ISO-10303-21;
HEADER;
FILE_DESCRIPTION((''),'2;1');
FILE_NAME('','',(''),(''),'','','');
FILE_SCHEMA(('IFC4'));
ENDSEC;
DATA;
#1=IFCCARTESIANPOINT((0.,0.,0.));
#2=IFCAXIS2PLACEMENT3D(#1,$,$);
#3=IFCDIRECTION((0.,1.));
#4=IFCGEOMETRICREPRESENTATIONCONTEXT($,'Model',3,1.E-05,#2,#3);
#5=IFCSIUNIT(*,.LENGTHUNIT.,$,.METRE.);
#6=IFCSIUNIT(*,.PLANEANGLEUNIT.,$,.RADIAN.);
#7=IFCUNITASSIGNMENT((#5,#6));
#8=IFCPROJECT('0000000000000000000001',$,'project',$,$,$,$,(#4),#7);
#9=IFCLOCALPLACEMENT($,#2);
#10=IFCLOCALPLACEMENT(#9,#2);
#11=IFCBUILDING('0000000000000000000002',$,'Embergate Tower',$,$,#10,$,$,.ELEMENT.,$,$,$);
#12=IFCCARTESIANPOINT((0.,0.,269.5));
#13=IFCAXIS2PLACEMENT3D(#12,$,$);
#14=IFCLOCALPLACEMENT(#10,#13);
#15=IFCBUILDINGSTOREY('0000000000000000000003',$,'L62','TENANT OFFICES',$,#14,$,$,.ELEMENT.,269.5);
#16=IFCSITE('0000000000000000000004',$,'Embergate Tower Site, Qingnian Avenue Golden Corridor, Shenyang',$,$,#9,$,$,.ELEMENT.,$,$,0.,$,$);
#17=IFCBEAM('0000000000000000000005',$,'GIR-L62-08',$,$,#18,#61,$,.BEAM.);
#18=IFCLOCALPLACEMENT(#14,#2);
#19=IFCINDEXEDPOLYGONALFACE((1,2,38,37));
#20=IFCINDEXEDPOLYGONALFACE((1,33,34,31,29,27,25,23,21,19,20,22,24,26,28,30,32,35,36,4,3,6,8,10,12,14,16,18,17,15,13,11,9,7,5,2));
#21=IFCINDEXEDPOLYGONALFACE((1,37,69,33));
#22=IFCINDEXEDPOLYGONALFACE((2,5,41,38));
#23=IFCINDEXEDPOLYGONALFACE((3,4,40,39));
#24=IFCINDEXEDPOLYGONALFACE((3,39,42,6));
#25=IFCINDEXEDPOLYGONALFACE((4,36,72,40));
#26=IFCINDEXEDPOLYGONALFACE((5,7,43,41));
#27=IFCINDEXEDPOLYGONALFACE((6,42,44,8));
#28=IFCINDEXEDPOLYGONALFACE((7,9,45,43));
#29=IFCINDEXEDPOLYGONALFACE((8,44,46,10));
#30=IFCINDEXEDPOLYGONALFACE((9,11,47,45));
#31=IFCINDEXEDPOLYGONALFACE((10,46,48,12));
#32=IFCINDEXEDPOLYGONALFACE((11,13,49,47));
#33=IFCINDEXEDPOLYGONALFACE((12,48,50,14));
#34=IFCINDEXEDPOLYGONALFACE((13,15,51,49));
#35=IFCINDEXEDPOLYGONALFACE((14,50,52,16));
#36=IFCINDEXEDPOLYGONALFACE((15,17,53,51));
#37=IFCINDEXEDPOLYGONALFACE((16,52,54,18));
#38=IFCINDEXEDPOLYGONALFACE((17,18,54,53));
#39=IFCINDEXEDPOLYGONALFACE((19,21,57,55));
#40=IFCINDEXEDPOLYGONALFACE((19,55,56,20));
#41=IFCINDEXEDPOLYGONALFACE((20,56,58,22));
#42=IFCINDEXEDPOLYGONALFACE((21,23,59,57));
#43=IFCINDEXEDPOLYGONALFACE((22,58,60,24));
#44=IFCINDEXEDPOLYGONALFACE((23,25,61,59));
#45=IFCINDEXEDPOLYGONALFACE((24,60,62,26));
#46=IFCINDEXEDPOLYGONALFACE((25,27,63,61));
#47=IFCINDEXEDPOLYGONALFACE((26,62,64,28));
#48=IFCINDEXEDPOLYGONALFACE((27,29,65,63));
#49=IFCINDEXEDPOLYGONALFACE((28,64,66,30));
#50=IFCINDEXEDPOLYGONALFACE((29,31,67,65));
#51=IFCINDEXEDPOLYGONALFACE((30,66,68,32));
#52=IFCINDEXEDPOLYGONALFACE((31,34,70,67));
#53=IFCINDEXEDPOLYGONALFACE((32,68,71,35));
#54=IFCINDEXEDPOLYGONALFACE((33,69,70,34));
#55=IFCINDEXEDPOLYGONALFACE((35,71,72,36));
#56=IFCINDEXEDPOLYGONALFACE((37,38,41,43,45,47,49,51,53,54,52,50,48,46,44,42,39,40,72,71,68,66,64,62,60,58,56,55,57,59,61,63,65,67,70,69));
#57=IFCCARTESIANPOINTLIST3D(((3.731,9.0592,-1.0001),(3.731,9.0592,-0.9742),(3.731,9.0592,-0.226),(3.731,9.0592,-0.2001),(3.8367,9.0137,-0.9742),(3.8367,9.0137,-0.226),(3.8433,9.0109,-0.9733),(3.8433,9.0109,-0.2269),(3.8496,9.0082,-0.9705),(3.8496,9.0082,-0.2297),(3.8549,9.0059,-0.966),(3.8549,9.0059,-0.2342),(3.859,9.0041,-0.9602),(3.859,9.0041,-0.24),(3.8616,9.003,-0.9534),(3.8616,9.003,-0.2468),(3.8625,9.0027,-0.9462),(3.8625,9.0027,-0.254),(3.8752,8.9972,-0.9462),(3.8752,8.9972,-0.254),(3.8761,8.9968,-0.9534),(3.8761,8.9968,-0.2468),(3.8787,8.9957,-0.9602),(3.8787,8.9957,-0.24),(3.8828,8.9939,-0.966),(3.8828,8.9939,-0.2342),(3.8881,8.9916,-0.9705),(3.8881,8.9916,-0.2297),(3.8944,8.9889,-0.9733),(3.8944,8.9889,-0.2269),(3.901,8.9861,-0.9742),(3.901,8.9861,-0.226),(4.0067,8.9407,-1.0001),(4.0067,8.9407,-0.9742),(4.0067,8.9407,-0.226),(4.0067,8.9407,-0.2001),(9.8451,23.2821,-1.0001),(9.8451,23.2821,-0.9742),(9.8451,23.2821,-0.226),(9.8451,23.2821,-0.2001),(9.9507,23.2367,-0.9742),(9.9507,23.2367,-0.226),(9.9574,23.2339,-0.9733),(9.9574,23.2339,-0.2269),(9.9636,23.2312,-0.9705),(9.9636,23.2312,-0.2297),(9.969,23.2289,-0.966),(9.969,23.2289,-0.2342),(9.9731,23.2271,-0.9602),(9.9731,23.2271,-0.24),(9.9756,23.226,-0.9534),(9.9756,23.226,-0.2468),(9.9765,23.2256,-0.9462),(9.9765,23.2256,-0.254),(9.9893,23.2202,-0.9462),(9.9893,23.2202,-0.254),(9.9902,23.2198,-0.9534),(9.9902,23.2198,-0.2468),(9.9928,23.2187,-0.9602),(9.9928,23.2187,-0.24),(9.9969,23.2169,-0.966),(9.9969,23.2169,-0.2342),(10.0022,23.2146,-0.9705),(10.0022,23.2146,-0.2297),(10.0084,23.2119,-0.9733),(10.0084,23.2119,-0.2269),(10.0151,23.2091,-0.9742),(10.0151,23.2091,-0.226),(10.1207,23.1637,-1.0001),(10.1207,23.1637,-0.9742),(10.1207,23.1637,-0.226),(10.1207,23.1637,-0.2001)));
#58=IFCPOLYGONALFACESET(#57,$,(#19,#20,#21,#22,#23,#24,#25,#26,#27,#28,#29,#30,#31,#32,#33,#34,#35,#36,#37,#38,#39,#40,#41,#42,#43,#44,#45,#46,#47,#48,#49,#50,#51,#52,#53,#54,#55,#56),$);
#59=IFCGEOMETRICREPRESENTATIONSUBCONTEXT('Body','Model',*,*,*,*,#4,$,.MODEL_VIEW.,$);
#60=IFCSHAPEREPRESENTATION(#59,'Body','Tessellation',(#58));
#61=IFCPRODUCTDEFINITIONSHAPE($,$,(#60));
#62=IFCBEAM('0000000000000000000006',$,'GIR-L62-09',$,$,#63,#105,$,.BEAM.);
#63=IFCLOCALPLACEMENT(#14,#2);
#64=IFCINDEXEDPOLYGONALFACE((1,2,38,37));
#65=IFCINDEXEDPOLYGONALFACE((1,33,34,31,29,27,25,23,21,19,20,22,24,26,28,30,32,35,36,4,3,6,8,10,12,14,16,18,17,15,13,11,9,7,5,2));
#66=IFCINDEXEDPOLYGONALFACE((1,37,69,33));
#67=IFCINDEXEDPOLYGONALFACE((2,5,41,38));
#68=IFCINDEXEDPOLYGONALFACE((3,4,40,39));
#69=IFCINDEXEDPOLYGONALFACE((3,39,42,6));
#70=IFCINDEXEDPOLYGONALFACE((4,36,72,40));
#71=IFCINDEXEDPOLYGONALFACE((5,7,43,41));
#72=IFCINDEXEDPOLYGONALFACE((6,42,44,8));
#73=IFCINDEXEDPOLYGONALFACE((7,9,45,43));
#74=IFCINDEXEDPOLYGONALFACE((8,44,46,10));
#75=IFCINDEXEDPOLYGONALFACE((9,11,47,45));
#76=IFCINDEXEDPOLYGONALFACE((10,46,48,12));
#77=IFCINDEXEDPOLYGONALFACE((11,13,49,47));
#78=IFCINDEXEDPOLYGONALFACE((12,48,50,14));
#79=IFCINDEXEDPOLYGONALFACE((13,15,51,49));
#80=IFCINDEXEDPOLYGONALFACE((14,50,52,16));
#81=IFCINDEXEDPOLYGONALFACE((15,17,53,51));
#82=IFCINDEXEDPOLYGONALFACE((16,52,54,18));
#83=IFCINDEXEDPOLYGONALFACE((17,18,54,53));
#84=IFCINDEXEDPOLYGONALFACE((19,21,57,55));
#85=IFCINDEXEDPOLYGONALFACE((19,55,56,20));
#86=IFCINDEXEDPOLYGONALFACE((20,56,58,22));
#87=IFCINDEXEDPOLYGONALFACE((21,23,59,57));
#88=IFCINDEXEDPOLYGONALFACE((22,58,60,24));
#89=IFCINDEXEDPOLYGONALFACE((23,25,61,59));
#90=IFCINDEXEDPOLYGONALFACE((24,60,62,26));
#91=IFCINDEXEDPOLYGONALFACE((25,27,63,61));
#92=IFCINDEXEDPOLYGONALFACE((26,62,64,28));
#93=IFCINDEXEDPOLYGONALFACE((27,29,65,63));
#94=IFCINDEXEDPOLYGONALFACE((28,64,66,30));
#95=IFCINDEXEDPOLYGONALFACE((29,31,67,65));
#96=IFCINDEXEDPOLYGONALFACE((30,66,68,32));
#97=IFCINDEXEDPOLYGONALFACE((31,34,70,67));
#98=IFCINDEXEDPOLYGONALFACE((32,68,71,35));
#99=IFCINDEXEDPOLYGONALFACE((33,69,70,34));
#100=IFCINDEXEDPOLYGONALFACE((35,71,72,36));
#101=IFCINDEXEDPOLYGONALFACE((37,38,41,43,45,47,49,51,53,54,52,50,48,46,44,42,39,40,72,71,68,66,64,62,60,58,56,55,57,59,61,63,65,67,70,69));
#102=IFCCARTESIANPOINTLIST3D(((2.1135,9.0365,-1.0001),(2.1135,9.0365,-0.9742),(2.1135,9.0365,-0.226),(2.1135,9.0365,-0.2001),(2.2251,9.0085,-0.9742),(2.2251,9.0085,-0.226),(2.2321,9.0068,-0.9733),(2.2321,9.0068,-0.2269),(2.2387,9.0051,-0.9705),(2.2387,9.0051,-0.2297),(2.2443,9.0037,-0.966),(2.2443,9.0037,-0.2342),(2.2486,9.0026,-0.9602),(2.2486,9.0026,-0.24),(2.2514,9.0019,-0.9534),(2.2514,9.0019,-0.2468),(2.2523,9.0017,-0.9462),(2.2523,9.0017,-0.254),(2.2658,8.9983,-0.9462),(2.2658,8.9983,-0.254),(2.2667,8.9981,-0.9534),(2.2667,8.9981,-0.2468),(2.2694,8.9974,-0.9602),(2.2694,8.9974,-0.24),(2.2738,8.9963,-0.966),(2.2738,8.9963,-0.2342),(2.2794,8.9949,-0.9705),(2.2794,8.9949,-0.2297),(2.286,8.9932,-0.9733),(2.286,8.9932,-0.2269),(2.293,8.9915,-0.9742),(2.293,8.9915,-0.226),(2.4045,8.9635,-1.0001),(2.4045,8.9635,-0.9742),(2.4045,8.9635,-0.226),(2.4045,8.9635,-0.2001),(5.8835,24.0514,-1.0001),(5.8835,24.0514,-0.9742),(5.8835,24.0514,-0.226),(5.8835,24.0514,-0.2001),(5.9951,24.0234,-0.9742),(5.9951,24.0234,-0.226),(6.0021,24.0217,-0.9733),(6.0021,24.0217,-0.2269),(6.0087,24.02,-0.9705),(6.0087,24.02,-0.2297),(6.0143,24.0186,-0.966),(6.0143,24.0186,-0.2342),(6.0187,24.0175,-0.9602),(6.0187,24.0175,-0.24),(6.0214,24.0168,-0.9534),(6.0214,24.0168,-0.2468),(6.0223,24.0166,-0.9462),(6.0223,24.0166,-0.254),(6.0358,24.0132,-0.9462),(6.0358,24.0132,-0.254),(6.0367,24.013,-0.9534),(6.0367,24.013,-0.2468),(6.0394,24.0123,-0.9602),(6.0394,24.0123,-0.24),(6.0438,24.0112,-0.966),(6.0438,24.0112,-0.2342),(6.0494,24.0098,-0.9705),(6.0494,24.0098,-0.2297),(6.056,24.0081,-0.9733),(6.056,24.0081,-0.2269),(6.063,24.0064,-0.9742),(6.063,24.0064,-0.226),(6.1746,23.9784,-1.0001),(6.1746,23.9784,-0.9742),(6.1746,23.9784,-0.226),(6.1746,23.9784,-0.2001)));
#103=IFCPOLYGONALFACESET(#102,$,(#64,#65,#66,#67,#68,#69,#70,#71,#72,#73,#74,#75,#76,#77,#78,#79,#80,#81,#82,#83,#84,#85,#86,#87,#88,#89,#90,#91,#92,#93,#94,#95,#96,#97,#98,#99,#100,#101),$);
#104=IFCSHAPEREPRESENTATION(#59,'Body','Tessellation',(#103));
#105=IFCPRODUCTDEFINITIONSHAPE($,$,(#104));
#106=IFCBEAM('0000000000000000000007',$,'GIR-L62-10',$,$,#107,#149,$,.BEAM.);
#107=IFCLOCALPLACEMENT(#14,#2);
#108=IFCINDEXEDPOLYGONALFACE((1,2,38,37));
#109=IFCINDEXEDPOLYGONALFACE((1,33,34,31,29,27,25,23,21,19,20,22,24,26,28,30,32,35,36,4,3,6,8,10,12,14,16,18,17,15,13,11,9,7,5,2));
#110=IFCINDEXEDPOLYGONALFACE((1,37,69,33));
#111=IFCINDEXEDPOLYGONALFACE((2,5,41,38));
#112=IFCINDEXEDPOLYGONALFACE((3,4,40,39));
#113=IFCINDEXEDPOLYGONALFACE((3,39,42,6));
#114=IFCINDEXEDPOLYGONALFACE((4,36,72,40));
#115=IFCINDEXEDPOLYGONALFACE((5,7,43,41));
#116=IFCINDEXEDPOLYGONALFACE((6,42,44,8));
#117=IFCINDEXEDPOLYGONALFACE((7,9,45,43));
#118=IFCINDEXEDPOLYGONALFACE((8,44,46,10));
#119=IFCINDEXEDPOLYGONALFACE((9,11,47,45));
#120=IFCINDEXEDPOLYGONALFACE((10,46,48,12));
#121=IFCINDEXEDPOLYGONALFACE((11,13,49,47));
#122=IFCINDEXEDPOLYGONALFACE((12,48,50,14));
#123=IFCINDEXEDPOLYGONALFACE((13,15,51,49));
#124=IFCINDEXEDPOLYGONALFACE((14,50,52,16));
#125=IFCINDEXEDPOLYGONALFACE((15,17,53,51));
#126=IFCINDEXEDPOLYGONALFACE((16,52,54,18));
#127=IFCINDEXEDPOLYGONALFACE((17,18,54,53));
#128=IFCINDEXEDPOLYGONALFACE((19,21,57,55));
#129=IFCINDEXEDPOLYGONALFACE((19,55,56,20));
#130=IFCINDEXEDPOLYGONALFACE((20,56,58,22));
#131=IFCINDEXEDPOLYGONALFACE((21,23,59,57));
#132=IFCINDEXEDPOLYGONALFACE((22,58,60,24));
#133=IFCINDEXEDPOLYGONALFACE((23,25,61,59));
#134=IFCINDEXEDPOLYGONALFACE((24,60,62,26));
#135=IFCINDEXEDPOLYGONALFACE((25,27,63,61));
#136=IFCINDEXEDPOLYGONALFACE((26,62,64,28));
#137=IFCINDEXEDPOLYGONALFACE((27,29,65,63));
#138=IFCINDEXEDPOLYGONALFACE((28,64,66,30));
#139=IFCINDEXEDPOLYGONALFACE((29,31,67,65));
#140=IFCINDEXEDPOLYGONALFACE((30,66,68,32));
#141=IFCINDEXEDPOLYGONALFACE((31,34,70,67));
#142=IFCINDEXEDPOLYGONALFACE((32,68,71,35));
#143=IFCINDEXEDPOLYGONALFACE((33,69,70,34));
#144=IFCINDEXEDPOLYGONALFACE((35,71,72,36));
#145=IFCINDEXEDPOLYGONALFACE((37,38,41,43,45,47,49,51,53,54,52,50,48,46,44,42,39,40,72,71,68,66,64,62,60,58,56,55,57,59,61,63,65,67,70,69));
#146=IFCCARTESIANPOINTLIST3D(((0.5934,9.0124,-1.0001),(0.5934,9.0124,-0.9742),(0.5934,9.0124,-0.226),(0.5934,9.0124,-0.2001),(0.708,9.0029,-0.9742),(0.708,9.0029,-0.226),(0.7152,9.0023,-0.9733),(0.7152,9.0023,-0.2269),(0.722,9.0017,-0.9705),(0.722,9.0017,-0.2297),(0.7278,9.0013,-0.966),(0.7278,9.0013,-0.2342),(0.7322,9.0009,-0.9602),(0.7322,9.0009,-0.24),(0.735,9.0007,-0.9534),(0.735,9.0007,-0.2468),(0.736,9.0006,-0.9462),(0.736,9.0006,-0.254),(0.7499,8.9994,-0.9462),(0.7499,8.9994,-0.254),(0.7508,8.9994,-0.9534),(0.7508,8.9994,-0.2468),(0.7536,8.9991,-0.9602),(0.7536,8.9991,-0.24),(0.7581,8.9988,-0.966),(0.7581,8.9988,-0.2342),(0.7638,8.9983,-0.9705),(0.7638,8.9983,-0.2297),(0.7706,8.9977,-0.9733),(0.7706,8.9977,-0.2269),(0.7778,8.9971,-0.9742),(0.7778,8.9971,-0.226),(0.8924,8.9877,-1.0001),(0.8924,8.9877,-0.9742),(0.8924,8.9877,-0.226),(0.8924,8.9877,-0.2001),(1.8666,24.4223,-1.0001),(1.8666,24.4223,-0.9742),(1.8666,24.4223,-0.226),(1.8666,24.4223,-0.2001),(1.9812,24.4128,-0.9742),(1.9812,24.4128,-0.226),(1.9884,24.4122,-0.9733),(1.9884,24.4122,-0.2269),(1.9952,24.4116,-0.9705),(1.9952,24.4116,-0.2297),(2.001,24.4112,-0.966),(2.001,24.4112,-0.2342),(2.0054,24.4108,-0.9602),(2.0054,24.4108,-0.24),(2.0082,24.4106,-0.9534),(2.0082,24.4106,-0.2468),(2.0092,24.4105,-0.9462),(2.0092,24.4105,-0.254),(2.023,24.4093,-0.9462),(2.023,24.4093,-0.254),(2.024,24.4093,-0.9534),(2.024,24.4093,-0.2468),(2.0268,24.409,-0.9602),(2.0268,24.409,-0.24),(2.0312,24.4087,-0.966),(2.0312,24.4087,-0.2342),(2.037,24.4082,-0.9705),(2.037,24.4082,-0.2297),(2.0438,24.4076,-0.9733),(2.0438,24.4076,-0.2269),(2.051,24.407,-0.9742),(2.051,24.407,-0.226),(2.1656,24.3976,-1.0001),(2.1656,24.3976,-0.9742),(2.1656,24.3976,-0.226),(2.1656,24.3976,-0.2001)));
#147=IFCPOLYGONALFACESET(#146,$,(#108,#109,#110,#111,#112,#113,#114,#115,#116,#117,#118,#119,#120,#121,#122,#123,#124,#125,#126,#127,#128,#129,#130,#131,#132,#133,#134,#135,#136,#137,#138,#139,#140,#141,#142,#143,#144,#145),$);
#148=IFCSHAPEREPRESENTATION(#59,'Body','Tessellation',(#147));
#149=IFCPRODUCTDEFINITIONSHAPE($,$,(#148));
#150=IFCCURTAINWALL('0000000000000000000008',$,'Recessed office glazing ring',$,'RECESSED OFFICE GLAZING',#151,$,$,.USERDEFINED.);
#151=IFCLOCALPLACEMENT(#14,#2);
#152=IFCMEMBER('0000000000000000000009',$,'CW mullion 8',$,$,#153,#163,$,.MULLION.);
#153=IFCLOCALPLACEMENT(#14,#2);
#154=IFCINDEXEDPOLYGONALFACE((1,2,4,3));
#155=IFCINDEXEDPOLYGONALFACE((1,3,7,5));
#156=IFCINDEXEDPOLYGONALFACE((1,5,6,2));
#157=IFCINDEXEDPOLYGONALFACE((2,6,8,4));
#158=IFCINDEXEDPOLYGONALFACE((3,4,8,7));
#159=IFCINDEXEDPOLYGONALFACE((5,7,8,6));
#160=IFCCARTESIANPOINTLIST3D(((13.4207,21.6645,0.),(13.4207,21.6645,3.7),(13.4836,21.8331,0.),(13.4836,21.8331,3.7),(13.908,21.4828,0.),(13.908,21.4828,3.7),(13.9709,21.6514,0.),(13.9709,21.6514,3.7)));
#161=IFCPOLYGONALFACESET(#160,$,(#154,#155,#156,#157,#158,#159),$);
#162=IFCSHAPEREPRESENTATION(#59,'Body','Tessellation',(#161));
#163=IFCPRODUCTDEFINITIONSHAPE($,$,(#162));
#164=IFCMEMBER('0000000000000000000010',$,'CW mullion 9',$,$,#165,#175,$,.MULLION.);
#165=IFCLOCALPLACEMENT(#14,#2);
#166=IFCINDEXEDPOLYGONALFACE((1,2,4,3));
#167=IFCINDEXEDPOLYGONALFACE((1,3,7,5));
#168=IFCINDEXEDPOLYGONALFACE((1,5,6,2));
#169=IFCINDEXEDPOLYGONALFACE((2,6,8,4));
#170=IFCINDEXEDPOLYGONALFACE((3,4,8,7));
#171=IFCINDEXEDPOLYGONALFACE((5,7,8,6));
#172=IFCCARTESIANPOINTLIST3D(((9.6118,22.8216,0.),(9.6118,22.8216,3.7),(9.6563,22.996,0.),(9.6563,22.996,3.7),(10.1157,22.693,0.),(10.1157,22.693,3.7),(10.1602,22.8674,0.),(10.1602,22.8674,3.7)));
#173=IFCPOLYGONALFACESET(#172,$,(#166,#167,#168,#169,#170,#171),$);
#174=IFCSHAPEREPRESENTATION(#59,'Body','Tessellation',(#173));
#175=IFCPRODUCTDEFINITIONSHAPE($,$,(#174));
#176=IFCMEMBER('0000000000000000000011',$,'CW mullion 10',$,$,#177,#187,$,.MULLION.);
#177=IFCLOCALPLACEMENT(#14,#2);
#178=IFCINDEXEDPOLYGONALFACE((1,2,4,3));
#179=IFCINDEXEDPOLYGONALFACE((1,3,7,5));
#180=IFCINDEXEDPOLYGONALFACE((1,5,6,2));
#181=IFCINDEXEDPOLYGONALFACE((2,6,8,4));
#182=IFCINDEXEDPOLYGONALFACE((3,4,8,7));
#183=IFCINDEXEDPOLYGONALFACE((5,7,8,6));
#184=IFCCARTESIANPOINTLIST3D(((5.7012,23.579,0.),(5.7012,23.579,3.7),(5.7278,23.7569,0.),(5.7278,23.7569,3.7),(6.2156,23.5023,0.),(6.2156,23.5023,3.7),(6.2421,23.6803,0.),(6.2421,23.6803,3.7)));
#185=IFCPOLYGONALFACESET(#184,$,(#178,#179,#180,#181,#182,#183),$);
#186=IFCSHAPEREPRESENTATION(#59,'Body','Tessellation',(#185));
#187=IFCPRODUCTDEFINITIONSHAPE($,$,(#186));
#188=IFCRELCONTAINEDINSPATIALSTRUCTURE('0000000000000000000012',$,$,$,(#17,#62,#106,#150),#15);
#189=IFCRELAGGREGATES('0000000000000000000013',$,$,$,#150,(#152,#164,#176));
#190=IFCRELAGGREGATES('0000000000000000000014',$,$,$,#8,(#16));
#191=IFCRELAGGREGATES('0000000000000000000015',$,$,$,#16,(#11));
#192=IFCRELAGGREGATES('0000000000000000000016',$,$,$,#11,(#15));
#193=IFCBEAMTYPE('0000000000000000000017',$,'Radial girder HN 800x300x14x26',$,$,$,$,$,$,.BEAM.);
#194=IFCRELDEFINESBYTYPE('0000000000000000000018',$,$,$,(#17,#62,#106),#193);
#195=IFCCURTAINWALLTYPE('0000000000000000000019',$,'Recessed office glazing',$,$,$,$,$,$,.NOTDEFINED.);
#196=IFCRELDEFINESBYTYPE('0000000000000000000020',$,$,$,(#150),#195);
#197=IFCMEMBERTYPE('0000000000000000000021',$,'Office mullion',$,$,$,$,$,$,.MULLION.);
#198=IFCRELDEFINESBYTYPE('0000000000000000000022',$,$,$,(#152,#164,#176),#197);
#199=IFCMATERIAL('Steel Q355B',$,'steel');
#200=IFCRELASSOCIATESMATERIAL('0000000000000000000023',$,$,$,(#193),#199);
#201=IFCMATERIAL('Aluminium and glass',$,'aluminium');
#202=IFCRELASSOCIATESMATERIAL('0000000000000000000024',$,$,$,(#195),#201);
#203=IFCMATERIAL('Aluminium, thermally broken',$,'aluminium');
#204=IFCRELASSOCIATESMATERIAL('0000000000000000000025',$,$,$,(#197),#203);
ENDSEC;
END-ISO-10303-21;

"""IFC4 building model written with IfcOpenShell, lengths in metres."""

from ifc_helpers import new_model, si_unit, direction, frame, origin, origin_2d, place, context, subcontext, project, spatial, rectangle, i_section, extrude, source, transform, mapped, material, material_profile, profile_set, type_object, element, aggregate, save


model = new_model("IFC4")

# Units and contexts
model_context = context("Model", 3, precision=1e-05, world=origin(), true_north=direction((0.0, 1.0)))
body_context = subcontext(model_context, "Body", "Model", "MODEL_VIEW")
ifc_project = project(units=[si_unit("LENGTHUNIT", "METRE"), si_unit("PLANEANGLEUNIT", "RADIAN")], contexts=[model_context])

# Site, building, storey
site_placement = place(None, origin())
site = spatial("IfcSite", under=ifc_project, at=site_placement, Name="Embergate Tower Site, Qingnian Avenue Golden Corridor, Shenyang", CompositionType="ELEMENT", RefElevation=0.0)
building_placement = place(site_placement, origin())
building = spatial("IfcBuilding", under=site, at=building_placement, Name="Embergate Tower", CompositionType="ELEMENT")
storey_placement = place(building_placement, frame((0.0, 0.0, 269.5)))
storey = spatial("IfcBuildingStorey", under=building, at=storey_placement, Name="L62", Description="TENANT OFFICES", CompositionType="ELEMENT", Elevation=269.5)

# Beams
ifc_material_1 = material(Name="Steel Q355B", Category="steel")
ifc_material_profile_1 = material_profile(ifc_material_1, i_section(OverallWidth=0.3, OverallDepth=0.8, WebThickness=0.0139, FlangeThickness=0.0259, FilletRadius=0.0281, at=origin_2d()), Name="HN 800x300x14x26")
ifc_profile_set_1 = profile_set([ifc_material_profile_1], Name="Steel Q355 grade B")
beam_type_1 = type_object("IfcBeamType", Name="Radial girder HN 800x300x14x26", PredefinedType="BEAM", material=ifc_profile_set_1)
shared_shape_1 = source(origin(), body_context, "Body", "SweptSolid", [
    extrude(i_section(OverallWidth=0.3, OverallDepth=0.8, WebThickness=0.0139, FlangeThickness=0.0259, FilletRadius=0.0281, at=origin_2d()), origin(), (0.0, 0.0, 1.0), 15.4814),
])
beam_1_placement = place(storey_placement, frame((9.9829, 23.2229, -0.6001), z_axis=(-0.394928, -0.918712, 0.0), x_axis=(0.918712, -0.394928, 0.0)))
element("IfcBeam", 1, at=beam_1_placement, inside=storey, type_object=beam_type_1, Name="GIR-L62-08", PredefinedType="BEAM", context=body_context, shape_type="MappedRepresentation", body=[
    mapped(shared_shape_1, transform((0.0, 0.0, 0.0))),
])
shared_shape_2 = source(origin(), body_context, "Body", "SweptSolid", [
    extrude(i_section(OverallWidth=0.3, OverallDepth=0.8, WebThickness=0.0139, FlangeThickness=0.0259, FilletRadius=0.0281, at=origin_2d()), origin(), (0.0, 0.0, 1.0), 15.481),
])
beam_2_placement = place(storey_placement, frame((6.0291, 24.0149, -0.6001), z_axis=(-0.243526, -0.969894, 0.0), x_axis=(0.969894, -0.243526, 0.0)))
element("IfcBeam", 2, at=beam_2_placement, inside=storey, type_object=beam_type_1, Name="GIR-L62-09", PredefinedType="BEAM", context=body_context, shape_type="MappedRepresentation", body=[
    mapped(shared_shape_2, transform((0.0, 0.0, 0.0))),
])
shared_shape_3 = source(origin(), body_context, "Body", "SweptSolid", [
    extrude(i_section(OverallWidth=0.3, OverallDepth=0.8, WebThickness=0.0139, FlangeThickness=0.0259, FilletRadius=0.0281, at=origin_2d()), origin(), (0.0, 0.0, 1.0), 15.4624),
])
beam_3_placement = place(storey_placement, frame((2.0161, 24.4099, -0.6001), z_axis=(-0.082341, -0.996604, 0.0), x_axis=(0.996604, -0.082341, 0.0)))
element("IfcBeam", 3, at=beam_3_placement, inside=storey, type_object=beam_type_1, Name="GIR-L62-10", PredefinedType="BEAM", context=body_context, shape_type="MappedRepresentation", body=[
    mapped(shared_shape_3, transform((0.0, 0.0, 0.0))),
])

# Curtain wall, members
ifc_material_2 = material(Name="Aluminium and glass", Category="aluminium")
curtain_wall_type = type_object("IfcCurtainWallType", Name="Recessed office glazing", PredefinedType="NOTDEFINED", material=ifc_material_2)
curtain_wall_placement = place(storey_placement, origin())
curtain_wall = element("IfcCurtainWall", 4, at=curtain_wall_placement, inside=storey, type_object=curtain_wall_type, Name="Recessed office glazing ring", ObjectType="RECESSED OFFICE GLAZING", PredefinedType="USERDEFINED")
ifc_material_3 = material(Name="Aluminium, thermally broken", Category="aluminium")
ifc_material_profile_2 = material_profile(ifc_material_3, rectangle(XDim=0.1799, YDim=0.52, at=origin_2d()), Name="AL 520x180")
ifc_profile_set_2 = profile_set([ifc_material_profile_2], Name="Aluminium, thermally broken")
member_type_1 = type_object("IfcMemberType", Name="Office mullion", PredefinedType="MULLION", material=ifc_profile_set_2)
shared_shape_4 = source(origin(), body_context, "Body", "SweptSolid", [
    extrude(rectangle(XDim=0.1799, YDim=0.52, at=origin_2d()), origin(), (0.0, 0.0, 1.0), 3.7),
])
member_1_placement = place(storey_placement, frame((13.6958, 21.658, 0.0), z_axis=(0.0, 0.0, 1.0), x_axis=(-0.349496, -0.936938, 0.0)))
member_1 = element("IfcMember", 5, at=member_1_placement, type_object=member_type_1, Name="CW mullion 8", PredefinedType="MULLION", context=body_context, shape_type="MappedRepresentation", body=[
    mapped(shared_shape_4, transform((0.0, 0.0, 0.0))),
])
member_2_placement = place(storey_placement, frame((9.886, 22.8445, 0.0), z_axis=(0.0, 0.0, 1.0), x_axis=(-0.247307, -0.968937, 0.0)))
member_2 = element("IfcMember", 6, at=member_2_placement, type_object=member_type_1, Name="CW mullion 9", PredefinedType="MULLION", context=body_context, shape_type="MappedRepresentation", body=[
    mapped(shared_shape_4, transform((0.0, 0.0, 0.0))),
])
member_3_placement = place(storey_placement, frame((5.9717, 23.6296, 0.0), z_axis=(0.0, 0.0, 1.0), x_axis=(-0.147409, -0.989076, 0.0)))
member_3 = element("IfcMember", 7, at=member_3_placement, type_object=member_type_1, Name="CW mullion 10", PredefinedType="MULLION", context=body_context, shape_type="MappedRepresentation", body=[
    mapped(shared_shape_4, transform((0.0, 0.0, 0.0))),
])
aggregate(curtain_wall, [member_1, member_2, member_3])

save(model, "model.ifc")
